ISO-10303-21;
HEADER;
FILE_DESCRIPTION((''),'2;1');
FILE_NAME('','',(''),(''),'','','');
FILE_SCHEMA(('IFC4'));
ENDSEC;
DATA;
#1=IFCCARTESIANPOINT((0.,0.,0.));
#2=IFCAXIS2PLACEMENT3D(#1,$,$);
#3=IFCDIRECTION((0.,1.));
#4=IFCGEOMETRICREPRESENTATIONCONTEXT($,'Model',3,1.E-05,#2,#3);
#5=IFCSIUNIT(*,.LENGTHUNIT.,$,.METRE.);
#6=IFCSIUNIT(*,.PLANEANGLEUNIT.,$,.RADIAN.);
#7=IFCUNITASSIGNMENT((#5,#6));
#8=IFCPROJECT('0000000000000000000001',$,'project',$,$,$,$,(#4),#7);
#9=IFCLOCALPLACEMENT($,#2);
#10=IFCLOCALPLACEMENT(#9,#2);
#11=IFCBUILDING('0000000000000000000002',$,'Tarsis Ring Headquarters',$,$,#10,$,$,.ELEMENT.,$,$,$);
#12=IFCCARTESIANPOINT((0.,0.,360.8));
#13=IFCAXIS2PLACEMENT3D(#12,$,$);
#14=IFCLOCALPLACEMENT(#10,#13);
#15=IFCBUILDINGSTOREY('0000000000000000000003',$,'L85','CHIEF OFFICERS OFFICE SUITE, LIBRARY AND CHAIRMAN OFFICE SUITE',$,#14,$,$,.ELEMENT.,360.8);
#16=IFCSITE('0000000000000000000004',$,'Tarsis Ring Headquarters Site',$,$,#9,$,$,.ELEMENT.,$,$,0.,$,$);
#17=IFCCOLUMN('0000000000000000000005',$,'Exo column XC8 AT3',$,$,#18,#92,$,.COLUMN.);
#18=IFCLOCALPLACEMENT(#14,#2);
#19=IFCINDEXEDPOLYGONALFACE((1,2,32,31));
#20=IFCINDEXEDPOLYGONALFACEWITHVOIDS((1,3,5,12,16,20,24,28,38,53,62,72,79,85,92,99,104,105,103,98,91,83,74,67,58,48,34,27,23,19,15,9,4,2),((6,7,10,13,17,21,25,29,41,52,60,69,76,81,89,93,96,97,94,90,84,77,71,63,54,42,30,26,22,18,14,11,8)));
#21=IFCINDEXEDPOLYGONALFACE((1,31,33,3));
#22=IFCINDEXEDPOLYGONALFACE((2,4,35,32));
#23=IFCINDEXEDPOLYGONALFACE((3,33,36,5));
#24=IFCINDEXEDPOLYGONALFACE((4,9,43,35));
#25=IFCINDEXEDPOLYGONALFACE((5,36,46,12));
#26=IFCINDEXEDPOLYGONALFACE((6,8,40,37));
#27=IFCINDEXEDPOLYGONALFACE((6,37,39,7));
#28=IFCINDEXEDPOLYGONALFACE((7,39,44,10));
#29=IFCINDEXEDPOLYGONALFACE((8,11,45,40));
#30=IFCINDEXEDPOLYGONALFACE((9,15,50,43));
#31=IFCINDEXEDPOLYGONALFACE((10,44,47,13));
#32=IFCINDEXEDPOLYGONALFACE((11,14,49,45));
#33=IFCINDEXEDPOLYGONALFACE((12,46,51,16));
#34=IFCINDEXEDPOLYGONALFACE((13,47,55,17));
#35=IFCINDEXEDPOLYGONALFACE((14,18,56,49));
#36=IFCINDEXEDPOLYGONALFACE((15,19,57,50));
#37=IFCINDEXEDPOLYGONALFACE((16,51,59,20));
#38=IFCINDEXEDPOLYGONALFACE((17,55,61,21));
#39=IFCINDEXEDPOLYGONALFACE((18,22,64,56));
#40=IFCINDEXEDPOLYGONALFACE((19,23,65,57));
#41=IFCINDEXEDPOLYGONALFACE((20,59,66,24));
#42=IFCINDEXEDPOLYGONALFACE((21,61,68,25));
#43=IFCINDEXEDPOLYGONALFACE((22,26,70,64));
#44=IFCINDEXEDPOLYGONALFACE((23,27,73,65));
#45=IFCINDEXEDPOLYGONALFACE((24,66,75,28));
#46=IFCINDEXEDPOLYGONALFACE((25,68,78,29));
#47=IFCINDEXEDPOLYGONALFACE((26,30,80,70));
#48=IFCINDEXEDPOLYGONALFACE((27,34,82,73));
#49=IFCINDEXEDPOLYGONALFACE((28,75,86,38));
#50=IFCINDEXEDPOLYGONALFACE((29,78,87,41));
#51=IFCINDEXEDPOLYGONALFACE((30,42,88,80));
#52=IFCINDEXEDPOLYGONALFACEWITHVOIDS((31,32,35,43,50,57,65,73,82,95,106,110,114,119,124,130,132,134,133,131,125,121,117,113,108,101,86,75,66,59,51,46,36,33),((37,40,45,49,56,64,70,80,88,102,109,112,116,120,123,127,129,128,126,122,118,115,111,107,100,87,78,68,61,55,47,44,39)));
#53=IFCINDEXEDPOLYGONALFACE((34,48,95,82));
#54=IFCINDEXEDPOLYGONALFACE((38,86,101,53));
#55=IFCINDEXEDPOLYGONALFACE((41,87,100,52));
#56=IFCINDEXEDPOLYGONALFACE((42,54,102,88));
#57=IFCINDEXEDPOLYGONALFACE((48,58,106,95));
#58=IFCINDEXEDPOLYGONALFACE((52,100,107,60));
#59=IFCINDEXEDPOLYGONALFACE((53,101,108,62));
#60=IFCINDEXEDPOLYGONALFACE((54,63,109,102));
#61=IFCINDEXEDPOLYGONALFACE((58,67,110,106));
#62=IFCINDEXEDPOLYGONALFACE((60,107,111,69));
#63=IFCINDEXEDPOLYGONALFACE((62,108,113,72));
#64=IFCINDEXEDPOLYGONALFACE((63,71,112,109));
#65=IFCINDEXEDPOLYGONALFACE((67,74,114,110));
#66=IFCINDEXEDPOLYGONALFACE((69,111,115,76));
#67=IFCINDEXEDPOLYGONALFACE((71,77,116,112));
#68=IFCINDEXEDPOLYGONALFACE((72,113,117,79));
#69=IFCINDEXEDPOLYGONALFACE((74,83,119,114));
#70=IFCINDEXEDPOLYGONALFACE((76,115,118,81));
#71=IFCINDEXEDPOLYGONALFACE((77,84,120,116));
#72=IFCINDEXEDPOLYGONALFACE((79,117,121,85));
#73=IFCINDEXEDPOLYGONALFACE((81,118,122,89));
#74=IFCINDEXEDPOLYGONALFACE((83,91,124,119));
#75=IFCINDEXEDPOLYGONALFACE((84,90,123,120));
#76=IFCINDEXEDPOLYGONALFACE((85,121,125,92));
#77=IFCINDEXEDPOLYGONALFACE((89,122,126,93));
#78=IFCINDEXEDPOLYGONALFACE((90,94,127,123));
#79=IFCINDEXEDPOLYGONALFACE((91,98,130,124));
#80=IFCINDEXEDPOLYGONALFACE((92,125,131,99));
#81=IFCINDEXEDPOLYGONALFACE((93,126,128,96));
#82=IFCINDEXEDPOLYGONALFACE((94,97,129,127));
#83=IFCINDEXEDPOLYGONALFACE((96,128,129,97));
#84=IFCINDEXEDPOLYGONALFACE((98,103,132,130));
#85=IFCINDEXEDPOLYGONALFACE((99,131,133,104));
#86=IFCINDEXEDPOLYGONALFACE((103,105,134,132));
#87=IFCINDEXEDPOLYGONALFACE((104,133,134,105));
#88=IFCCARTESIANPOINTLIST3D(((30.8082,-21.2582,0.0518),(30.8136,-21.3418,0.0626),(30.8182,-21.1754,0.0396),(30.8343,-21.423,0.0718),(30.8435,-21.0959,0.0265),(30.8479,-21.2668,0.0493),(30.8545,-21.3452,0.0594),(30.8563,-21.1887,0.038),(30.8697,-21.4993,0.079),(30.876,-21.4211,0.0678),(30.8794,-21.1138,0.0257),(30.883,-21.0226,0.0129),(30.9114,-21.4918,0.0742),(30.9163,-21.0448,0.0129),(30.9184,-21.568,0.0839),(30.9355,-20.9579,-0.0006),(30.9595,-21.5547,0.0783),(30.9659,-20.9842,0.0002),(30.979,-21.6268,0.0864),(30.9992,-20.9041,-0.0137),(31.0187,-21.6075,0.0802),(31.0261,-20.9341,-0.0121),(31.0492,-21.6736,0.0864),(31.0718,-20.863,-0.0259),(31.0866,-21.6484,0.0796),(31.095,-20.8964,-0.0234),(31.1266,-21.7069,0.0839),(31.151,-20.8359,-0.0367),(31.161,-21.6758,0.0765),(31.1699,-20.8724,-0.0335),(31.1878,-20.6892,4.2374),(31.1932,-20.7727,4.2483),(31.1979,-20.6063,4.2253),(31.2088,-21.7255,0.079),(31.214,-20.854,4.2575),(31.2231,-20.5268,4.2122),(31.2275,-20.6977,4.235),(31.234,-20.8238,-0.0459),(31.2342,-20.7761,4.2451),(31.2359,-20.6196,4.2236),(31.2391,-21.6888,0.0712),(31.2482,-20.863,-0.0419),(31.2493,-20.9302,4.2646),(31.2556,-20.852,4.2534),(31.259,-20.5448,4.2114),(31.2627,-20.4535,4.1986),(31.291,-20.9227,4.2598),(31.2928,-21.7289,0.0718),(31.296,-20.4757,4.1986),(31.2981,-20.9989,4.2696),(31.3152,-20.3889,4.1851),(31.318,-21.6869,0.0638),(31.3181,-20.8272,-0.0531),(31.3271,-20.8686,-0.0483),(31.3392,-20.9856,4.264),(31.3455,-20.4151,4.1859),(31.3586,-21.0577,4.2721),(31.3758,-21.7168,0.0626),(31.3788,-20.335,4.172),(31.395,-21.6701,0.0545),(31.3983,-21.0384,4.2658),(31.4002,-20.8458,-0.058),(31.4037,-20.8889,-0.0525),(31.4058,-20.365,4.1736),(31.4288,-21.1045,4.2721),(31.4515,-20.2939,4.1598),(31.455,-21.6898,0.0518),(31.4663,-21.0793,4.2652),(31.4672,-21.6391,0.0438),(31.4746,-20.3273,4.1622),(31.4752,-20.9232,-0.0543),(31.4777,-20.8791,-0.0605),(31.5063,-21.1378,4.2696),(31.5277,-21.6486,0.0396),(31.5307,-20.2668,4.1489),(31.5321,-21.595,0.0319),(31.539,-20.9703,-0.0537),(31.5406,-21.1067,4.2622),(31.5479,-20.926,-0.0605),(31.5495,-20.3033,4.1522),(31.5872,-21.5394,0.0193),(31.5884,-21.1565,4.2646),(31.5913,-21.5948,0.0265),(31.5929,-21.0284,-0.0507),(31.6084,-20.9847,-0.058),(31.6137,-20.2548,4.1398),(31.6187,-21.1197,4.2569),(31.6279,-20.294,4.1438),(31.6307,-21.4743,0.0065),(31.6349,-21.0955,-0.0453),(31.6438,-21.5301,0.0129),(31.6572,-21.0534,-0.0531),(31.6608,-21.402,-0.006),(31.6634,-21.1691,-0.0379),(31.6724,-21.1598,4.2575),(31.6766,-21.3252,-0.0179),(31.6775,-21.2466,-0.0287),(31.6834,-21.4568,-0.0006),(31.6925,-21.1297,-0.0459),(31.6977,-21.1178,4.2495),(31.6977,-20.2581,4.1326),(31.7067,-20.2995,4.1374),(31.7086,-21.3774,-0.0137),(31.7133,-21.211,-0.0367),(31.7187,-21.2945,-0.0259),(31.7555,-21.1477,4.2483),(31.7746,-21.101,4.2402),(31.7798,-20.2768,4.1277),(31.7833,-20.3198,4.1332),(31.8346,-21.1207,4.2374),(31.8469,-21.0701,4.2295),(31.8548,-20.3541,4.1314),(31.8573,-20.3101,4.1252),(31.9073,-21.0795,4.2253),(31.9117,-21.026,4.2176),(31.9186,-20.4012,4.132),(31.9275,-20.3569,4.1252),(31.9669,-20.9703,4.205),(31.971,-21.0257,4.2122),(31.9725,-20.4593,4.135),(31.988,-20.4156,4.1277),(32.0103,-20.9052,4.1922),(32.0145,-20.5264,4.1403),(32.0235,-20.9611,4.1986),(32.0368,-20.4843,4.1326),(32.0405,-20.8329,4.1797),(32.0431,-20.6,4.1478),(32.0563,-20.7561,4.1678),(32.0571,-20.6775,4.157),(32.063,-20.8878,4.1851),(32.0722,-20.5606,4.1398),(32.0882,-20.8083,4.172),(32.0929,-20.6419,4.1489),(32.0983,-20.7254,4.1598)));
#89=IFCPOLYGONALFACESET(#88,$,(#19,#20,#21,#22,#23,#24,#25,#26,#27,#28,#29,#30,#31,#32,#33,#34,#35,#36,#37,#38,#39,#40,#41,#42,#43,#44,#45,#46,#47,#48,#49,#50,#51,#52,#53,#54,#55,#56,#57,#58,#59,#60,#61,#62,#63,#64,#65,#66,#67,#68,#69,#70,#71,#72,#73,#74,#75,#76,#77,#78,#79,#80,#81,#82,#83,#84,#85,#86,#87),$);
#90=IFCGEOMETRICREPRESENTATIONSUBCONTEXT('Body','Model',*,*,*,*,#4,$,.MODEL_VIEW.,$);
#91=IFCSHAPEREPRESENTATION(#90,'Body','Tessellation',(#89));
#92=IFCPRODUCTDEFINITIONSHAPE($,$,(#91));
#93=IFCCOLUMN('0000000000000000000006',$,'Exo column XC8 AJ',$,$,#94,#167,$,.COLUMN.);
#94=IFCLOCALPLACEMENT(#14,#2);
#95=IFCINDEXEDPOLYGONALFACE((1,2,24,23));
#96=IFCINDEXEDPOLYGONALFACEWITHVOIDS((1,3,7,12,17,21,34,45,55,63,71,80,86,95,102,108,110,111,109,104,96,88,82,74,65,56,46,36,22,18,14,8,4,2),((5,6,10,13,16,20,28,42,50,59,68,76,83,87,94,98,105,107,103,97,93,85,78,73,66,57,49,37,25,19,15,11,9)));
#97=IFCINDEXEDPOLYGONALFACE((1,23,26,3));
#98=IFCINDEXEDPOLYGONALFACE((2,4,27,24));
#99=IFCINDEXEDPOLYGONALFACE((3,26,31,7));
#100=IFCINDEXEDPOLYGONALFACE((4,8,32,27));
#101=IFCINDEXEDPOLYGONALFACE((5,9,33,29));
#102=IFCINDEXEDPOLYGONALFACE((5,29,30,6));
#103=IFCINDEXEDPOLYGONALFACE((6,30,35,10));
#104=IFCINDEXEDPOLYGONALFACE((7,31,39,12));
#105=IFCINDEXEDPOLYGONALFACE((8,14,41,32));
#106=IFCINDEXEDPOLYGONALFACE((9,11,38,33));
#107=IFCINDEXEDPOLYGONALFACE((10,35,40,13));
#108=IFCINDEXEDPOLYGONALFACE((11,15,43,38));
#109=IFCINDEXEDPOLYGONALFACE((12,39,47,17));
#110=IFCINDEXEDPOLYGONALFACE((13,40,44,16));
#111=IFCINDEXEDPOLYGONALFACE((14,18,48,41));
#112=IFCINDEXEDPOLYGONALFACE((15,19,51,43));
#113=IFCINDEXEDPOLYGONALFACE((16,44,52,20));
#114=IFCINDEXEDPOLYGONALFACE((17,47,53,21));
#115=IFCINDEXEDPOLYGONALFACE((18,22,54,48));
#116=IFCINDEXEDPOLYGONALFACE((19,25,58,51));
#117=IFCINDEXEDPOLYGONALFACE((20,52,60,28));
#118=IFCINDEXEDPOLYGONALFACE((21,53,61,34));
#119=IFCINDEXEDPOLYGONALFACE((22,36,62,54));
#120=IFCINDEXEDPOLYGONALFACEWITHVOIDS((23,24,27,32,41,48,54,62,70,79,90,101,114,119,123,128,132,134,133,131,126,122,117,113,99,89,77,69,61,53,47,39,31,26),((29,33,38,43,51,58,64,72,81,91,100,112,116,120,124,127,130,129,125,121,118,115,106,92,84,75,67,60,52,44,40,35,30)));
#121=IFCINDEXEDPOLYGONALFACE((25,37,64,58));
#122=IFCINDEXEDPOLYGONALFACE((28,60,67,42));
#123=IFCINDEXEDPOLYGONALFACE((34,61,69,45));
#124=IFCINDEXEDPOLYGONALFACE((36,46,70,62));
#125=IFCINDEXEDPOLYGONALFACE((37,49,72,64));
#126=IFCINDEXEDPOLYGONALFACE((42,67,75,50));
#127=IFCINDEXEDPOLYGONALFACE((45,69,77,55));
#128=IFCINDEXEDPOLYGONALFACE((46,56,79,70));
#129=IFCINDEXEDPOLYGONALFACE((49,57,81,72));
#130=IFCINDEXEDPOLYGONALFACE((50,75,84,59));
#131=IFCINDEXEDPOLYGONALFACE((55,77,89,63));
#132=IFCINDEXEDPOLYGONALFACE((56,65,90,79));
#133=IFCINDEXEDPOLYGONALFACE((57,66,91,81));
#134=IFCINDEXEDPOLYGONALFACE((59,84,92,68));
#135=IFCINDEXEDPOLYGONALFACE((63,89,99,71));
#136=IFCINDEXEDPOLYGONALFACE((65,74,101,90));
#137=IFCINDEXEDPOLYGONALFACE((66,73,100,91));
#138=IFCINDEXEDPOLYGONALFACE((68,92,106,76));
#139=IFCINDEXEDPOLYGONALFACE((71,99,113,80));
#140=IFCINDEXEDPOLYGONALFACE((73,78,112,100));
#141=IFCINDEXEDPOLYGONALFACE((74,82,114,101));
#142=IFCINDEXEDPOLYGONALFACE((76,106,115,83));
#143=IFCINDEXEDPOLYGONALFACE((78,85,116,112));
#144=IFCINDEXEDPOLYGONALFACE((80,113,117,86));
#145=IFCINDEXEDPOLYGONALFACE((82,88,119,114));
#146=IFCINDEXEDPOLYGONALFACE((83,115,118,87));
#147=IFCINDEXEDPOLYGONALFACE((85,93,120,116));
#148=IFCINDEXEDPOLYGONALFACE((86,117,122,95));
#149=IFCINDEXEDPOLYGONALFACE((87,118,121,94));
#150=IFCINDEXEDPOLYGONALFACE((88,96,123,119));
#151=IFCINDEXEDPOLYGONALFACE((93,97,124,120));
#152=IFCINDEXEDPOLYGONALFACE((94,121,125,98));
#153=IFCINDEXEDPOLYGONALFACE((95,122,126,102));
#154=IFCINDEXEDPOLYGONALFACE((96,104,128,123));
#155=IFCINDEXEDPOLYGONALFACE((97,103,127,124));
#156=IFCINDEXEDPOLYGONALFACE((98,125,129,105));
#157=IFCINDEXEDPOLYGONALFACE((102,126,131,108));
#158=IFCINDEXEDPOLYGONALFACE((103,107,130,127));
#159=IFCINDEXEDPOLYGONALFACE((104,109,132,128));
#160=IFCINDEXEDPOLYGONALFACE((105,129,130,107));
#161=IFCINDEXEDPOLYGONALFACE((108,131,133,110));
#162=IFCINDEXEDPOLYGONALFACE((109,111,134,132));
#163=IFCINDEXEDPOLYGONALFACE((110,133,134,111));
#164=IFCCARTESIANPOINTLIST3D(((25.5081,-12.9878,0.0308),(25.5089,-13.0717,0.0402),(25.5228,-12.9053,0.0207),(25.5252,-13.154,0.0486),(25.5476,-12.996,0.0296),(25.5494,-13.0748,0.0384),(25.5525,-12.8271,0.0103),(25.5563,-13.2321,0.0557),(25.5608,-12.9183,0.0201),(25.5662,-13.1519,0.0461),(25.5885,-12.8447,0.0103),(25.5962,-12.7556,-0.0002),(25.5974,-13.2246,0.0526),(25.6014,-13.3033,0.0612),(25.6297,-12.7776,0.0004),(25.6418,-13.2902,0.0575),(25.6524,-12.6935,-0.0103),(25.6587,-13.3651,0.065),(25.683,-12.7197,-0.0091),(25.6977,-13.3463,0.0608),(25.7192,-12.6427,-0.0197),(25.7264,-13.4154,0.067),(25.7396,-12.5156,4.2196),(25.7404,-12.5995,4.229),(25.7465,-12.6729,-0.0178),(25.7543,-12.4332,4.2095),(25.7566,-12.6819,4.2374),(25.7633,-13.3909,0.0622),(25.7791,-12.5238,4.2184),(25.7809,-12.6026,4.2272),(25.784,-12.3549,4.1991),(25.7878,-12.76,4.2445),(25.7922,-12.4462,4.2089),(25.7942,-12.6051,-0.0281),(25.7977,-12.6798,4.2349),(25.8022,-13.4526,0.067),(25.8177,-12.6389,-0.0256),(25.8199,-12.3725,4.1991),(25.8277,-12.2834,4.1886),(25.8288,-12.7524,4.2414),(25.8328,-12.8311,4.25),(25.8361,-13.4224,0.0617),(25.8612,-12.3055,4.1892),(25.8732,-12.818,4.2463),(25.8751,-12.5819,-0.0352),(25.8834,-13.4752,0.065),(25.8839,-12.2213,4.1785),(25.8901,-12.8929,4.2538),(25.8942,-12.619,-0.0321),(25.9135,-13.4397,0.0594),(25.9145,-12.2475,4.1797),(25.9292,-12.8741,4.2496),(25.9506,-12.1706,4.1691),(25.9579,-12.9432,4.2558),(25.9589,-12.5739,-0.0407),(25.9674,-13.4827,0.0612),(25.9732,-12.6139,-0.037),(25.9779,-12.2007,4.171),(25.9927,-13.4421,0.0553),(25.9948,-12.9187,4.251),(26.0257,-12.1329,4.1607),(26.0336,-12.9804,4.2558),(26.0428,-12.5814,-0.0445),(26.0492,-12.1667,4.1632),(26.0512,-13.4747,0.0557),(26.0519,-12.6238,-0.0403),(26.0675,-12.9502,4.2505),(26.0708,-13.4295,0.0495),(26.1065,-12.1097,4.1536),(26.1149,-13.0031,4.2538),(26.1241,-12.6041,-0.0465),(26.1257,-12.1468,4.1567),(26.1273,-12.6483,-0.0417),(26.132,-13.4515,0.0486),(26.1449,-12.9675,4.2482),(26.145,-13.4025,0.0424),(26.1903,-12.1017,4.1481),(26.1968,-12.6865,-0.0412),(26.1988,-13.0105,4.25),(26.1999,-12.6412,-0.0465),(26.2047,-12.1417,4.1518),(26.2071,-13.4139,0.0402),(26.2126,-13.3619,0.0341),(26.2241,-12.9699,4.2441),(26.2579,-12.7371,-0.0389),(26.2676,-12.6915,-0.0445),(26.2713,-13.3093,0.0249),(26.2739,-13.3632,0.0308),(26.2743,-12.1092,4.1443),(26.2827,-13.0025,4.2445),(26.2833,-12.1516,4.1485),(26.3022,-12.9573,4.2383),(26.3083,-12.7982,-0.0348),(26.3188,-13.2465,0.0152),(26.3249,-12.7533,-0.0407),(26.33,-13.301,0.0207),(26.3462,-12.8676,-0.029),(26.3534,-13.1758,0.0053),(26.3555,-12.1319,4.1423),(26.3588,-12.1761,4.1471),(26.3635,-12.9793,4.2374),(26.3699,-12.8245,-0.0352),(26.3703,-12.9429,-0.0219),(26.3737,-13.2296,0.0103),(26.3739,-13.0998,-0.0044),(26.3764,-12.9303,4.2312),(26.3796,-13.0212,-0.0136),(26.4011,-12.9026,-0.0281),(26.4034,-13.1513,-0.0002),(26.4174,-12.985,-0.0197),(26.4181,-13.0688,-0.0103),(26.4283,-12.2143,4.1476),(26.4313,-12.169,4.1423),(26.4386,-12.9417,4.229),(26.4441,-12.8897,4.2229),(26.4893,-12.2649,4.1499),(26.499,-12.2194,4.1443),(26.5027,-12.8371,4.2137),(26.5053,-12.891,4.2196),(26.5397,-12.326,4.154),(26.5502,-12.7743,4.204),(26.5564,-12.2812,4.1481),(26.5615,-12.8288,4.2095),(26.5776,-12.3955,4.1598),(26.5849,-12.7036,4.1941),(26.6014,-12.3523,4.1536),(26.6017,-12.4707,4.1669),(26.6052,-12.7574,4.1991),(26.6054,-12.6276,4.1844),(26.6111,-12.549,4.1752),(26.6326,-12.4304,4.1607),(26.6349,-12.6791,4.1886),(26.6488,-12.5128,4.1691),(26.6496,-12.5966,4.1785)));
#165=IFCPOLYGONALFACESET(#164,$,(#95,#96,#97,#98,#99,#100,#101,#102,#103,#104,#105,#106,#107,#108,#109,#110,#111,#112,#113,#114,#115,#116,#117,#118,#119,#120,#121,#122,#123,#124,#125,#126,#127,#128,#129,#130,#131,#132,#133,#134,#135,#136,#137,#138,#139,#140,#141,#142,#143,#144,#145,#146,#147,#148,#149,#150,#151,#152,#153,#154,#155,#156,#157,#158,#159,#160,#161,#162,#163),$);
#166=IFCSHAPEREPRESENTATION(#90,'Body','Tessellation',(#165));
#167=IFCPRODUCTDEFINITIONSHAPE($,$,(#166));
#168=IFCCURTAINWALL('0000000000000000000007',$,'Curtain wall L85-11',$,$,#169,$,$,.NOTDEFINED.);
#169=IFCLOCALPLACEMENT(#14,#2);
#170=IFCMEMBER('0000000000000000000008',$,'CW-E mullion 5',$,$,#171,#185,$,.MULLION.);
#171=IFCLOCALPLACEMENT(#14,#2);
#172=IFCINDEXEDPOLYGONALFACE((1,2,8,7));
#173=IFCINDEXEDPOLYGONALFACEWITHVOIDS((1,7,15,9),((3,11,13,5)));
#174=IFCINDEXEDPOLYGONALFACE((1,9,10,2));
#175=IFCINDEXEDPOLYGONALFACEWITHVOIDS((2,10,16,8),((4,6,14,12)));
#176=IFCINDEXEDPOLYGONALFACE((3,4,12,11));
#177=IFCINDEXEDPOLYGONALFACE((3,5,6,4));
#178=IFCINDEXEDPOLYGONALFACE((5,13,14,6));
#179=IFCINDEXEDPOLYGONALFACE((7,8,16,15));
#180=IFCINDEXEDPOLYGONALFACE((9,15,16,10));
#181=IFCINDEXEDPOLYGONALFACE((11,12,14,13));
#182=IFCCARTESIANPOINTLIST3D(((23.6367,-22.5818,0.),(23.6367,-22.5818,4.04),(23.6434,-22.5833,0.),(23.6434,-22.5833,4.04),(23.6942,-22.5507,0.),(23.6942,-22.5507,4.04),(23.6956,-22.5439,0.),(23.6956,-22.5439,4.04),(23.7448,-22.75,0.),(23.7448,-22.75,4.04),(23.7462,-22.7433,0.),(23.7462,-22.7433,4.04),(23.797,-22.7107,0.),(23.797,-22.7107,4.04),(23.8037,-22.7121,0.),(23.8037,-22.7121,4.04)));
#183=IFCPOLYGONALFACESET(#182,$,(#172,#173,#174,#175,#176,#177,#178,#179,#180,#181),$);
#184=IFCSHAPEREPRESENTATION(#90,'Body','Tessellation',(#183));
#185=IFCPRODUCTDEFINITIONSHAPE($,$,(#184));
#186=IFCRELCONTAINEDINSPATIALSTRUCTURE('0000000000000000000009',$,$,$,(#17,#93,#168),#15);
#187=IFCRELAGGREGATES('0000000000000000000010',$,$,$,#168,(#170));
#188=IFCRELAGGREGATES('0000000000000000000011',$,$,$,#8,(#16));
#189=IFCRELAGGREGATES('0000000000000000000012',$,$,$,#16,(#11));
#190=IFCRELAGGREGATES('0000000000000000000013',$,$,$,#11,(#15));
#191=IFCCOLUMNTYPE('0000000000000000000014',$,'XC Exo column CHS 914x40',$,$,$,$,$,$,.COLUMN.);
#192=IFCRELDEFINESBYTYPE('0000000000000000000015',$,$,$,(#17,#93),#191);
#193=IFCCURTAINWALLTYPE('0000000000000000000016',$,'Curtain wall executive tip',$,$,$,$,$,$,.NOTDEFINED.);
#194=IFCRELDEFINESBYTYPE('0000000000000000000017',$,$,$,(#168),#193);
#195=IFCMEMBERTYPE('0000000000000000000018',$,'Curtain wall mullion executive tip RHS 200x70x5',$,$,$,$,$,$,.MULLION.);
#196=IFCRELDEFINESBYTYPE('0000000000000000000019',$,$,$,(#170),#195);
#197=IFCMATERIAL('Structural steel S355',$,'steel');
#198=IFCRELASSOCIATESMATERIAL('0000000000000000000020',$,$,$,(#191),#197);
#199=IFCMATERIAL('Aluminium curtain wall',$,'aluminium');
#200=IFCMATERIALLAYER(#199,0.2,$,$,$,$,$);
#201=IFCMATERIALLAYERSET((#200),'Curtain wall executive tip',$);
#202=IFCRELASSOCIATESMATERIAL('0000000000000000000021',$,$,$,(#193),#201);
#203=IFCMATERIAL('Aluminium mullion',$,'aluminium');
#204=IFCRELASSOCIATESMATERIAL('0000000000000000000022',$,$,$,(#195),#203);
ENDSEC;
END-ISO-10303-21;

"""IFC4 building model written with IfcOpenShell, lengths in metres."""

from ifc_helpers import new_model, si_unit, direction, frame, origin, origin_2d, place, context, subcontext, project, spatial, hollow_rectangle, hollow_circle, extrude, material, layer, layer_set, material_profile, profile_set, type_object, element, aggregate, save


model = new_model("IFC4")

# Units and contexts
model_context = context("Model", 3, precision=1e-05, world=origin(), true_north=direction((0.0, 1.0)))
body_context = subcontext(model_context, "Body", "Model", "MODEL_VIEW")
ifc_project = project(units=[si_unit("LENGTHUNIT", "METRE"), si_unit("PLANEANGLEUNIT", "RADIAN")], contexts=[model_context])

# Site, building, storey
site_placement = place(None, origin())
site = spatial("IfcSite", under=ifc_project, at=site_placement, Name="Tarsis Ring Headquarters Site", CompositionType="ELEMENT", RefElevation=0.0)
building_placement = place(site_placement, origin())
building = spatial("IfcBuilding", under=site, at=building_placement, Name="Tarsis Ring Headquarters", CompositionType="ELEMENT")
storey_placement = place(building_placement, frame((0.0, 0.0, 360.8)))
storey = spatial("IfcBuildingStorey", under=building, at=storey_placement, Name="L85", Description="CHIEF OFFICERS OFFICE SUITE, LIBRARY AND CHAIRMAN OFFICE SUITE", CompositionType="ELEMENT", Elevation=360.8)

# Columns
ifc_material_1 = material(Name="Structural steel S355", Category="steel")
ifc_material_profile_1 = material_profile(ifc_material_1, hollow_circle(Radius=0.457, WallThickness=0.04, at=origin_2d()), Name="CHS 914x40")
ifc_profile_set_1 = profile_set([ifc_material_profile_1], Name="Structural steel S355")
column_type = type_object("IfcColumnType", Name="XC Exo column CHS 914x40", PredefinedType="COLUMN", material=ifc_profile_set_1)
column_1_placement = place(storey_placement, frame((31.2634, -21.2764, 0.0129), z_axis=(0.089509, 0.134178, 0.986906), x_axis=(-0.831886, 0.554947, 0.0)))
element("IfcColumn", 1, at=column_1_placement, inside=storey, type_object=column_type, Name="Exo column XC8 AT3", PredefinedType="COLUMN", context=body_context, shape_type="SweptSolid", body=[
    extrude(hollow_circle(Radius=0.4573, WallThickness=0.04, at=origin_2d()), origin(), (0.0, 0.0, 1.0), 4.2412),
])
column_2_placement = place(storey_placement, frame((25.9631, -13.0283, 0.0103), z_axis=(0.054824, 0.111846, 0.992212), x_axis=(-0.897928, 0.440143, 0.0)))
element("IfcColumn", 2, at=column_2_placement, inside=storey, type_object=column_type, Name="Exo column XC8 AJ", PredefinedType="COLUMN", context=body_context, shape_type="SweptSolid", body=[
    extrude(hollow_circle(Radius=0.4573, WallThickness=0.04, at=origin_2d()), origin(), (0.0, 0.0, 1.0), 4.2217),
])

# Curtain wall, member
ifc_material_2 = material(Name="Aluminium curtain wall", Category="aluminium")
ifc_layer_1 = layer(ifc_material_2, 0.2)
ifc_layer_set_1 = layer_set([ifc_layer_1], Name="Curtain wall executive tip")
curtain_wall_type = type_object("IfcCurtainWallType", Name="Curtain wall executive tip", PredefinedType="NOTDEFINED", material=ifc_layer_set_1)
curtain_wall_placement = place(storey_placement, origin())
curtain_wall = element("IfcCurtainWall", 3, at=curtain_wall_placement, inside=storey, type_object=curtain_wall_type, Name="Curtain wall L85-11", PredefinedType="NOTDEFINED")
ifc_material_3 = material(Name="Aluminium mullion", Category="aluminium")
ifc_material_profile_2 = material_profile(ifc_material_3, hollow_rectangle(XDim=0.2, YDim=0.0701, WallThickness=0.0049, at=origin_2d()), Name="RHS 200x70x5")
ifc_profile_set_2 = profile_set([ifc_material_profile_2], Name="Aluminium mullion")
member_type_1 = type_object("IfcMemberType", Name="Curtain wall mullion executive tip RHS 200x70x5", PredefinedType="MULLION", material=ifc_profile_set_2)
member_1_placement = place(storey_placement, frame((23.7202, -22.647, 0.0), z_axis=(0.0, 0.0, 1.0), x_axis=(-0.540534, 0.841322, 0.0)))
member_1 = element("IfcMember", 4, at=member_1_placement, type_object=member_type_1, Name="CW-E mullion 5", PredefinedType="MULLION", context=body_context, shape_type="SweptSolid", body=[
    extrude(hollow_rectangle(XDim=0.2, YDim=0.0701, WallThickness=0.0049, at=origin_2d()), origin(), (0.0, 0.0, 1.0), 4.04),
])
aggregate(curtain_wall, [member_1])

save(model, "model.ifc")
